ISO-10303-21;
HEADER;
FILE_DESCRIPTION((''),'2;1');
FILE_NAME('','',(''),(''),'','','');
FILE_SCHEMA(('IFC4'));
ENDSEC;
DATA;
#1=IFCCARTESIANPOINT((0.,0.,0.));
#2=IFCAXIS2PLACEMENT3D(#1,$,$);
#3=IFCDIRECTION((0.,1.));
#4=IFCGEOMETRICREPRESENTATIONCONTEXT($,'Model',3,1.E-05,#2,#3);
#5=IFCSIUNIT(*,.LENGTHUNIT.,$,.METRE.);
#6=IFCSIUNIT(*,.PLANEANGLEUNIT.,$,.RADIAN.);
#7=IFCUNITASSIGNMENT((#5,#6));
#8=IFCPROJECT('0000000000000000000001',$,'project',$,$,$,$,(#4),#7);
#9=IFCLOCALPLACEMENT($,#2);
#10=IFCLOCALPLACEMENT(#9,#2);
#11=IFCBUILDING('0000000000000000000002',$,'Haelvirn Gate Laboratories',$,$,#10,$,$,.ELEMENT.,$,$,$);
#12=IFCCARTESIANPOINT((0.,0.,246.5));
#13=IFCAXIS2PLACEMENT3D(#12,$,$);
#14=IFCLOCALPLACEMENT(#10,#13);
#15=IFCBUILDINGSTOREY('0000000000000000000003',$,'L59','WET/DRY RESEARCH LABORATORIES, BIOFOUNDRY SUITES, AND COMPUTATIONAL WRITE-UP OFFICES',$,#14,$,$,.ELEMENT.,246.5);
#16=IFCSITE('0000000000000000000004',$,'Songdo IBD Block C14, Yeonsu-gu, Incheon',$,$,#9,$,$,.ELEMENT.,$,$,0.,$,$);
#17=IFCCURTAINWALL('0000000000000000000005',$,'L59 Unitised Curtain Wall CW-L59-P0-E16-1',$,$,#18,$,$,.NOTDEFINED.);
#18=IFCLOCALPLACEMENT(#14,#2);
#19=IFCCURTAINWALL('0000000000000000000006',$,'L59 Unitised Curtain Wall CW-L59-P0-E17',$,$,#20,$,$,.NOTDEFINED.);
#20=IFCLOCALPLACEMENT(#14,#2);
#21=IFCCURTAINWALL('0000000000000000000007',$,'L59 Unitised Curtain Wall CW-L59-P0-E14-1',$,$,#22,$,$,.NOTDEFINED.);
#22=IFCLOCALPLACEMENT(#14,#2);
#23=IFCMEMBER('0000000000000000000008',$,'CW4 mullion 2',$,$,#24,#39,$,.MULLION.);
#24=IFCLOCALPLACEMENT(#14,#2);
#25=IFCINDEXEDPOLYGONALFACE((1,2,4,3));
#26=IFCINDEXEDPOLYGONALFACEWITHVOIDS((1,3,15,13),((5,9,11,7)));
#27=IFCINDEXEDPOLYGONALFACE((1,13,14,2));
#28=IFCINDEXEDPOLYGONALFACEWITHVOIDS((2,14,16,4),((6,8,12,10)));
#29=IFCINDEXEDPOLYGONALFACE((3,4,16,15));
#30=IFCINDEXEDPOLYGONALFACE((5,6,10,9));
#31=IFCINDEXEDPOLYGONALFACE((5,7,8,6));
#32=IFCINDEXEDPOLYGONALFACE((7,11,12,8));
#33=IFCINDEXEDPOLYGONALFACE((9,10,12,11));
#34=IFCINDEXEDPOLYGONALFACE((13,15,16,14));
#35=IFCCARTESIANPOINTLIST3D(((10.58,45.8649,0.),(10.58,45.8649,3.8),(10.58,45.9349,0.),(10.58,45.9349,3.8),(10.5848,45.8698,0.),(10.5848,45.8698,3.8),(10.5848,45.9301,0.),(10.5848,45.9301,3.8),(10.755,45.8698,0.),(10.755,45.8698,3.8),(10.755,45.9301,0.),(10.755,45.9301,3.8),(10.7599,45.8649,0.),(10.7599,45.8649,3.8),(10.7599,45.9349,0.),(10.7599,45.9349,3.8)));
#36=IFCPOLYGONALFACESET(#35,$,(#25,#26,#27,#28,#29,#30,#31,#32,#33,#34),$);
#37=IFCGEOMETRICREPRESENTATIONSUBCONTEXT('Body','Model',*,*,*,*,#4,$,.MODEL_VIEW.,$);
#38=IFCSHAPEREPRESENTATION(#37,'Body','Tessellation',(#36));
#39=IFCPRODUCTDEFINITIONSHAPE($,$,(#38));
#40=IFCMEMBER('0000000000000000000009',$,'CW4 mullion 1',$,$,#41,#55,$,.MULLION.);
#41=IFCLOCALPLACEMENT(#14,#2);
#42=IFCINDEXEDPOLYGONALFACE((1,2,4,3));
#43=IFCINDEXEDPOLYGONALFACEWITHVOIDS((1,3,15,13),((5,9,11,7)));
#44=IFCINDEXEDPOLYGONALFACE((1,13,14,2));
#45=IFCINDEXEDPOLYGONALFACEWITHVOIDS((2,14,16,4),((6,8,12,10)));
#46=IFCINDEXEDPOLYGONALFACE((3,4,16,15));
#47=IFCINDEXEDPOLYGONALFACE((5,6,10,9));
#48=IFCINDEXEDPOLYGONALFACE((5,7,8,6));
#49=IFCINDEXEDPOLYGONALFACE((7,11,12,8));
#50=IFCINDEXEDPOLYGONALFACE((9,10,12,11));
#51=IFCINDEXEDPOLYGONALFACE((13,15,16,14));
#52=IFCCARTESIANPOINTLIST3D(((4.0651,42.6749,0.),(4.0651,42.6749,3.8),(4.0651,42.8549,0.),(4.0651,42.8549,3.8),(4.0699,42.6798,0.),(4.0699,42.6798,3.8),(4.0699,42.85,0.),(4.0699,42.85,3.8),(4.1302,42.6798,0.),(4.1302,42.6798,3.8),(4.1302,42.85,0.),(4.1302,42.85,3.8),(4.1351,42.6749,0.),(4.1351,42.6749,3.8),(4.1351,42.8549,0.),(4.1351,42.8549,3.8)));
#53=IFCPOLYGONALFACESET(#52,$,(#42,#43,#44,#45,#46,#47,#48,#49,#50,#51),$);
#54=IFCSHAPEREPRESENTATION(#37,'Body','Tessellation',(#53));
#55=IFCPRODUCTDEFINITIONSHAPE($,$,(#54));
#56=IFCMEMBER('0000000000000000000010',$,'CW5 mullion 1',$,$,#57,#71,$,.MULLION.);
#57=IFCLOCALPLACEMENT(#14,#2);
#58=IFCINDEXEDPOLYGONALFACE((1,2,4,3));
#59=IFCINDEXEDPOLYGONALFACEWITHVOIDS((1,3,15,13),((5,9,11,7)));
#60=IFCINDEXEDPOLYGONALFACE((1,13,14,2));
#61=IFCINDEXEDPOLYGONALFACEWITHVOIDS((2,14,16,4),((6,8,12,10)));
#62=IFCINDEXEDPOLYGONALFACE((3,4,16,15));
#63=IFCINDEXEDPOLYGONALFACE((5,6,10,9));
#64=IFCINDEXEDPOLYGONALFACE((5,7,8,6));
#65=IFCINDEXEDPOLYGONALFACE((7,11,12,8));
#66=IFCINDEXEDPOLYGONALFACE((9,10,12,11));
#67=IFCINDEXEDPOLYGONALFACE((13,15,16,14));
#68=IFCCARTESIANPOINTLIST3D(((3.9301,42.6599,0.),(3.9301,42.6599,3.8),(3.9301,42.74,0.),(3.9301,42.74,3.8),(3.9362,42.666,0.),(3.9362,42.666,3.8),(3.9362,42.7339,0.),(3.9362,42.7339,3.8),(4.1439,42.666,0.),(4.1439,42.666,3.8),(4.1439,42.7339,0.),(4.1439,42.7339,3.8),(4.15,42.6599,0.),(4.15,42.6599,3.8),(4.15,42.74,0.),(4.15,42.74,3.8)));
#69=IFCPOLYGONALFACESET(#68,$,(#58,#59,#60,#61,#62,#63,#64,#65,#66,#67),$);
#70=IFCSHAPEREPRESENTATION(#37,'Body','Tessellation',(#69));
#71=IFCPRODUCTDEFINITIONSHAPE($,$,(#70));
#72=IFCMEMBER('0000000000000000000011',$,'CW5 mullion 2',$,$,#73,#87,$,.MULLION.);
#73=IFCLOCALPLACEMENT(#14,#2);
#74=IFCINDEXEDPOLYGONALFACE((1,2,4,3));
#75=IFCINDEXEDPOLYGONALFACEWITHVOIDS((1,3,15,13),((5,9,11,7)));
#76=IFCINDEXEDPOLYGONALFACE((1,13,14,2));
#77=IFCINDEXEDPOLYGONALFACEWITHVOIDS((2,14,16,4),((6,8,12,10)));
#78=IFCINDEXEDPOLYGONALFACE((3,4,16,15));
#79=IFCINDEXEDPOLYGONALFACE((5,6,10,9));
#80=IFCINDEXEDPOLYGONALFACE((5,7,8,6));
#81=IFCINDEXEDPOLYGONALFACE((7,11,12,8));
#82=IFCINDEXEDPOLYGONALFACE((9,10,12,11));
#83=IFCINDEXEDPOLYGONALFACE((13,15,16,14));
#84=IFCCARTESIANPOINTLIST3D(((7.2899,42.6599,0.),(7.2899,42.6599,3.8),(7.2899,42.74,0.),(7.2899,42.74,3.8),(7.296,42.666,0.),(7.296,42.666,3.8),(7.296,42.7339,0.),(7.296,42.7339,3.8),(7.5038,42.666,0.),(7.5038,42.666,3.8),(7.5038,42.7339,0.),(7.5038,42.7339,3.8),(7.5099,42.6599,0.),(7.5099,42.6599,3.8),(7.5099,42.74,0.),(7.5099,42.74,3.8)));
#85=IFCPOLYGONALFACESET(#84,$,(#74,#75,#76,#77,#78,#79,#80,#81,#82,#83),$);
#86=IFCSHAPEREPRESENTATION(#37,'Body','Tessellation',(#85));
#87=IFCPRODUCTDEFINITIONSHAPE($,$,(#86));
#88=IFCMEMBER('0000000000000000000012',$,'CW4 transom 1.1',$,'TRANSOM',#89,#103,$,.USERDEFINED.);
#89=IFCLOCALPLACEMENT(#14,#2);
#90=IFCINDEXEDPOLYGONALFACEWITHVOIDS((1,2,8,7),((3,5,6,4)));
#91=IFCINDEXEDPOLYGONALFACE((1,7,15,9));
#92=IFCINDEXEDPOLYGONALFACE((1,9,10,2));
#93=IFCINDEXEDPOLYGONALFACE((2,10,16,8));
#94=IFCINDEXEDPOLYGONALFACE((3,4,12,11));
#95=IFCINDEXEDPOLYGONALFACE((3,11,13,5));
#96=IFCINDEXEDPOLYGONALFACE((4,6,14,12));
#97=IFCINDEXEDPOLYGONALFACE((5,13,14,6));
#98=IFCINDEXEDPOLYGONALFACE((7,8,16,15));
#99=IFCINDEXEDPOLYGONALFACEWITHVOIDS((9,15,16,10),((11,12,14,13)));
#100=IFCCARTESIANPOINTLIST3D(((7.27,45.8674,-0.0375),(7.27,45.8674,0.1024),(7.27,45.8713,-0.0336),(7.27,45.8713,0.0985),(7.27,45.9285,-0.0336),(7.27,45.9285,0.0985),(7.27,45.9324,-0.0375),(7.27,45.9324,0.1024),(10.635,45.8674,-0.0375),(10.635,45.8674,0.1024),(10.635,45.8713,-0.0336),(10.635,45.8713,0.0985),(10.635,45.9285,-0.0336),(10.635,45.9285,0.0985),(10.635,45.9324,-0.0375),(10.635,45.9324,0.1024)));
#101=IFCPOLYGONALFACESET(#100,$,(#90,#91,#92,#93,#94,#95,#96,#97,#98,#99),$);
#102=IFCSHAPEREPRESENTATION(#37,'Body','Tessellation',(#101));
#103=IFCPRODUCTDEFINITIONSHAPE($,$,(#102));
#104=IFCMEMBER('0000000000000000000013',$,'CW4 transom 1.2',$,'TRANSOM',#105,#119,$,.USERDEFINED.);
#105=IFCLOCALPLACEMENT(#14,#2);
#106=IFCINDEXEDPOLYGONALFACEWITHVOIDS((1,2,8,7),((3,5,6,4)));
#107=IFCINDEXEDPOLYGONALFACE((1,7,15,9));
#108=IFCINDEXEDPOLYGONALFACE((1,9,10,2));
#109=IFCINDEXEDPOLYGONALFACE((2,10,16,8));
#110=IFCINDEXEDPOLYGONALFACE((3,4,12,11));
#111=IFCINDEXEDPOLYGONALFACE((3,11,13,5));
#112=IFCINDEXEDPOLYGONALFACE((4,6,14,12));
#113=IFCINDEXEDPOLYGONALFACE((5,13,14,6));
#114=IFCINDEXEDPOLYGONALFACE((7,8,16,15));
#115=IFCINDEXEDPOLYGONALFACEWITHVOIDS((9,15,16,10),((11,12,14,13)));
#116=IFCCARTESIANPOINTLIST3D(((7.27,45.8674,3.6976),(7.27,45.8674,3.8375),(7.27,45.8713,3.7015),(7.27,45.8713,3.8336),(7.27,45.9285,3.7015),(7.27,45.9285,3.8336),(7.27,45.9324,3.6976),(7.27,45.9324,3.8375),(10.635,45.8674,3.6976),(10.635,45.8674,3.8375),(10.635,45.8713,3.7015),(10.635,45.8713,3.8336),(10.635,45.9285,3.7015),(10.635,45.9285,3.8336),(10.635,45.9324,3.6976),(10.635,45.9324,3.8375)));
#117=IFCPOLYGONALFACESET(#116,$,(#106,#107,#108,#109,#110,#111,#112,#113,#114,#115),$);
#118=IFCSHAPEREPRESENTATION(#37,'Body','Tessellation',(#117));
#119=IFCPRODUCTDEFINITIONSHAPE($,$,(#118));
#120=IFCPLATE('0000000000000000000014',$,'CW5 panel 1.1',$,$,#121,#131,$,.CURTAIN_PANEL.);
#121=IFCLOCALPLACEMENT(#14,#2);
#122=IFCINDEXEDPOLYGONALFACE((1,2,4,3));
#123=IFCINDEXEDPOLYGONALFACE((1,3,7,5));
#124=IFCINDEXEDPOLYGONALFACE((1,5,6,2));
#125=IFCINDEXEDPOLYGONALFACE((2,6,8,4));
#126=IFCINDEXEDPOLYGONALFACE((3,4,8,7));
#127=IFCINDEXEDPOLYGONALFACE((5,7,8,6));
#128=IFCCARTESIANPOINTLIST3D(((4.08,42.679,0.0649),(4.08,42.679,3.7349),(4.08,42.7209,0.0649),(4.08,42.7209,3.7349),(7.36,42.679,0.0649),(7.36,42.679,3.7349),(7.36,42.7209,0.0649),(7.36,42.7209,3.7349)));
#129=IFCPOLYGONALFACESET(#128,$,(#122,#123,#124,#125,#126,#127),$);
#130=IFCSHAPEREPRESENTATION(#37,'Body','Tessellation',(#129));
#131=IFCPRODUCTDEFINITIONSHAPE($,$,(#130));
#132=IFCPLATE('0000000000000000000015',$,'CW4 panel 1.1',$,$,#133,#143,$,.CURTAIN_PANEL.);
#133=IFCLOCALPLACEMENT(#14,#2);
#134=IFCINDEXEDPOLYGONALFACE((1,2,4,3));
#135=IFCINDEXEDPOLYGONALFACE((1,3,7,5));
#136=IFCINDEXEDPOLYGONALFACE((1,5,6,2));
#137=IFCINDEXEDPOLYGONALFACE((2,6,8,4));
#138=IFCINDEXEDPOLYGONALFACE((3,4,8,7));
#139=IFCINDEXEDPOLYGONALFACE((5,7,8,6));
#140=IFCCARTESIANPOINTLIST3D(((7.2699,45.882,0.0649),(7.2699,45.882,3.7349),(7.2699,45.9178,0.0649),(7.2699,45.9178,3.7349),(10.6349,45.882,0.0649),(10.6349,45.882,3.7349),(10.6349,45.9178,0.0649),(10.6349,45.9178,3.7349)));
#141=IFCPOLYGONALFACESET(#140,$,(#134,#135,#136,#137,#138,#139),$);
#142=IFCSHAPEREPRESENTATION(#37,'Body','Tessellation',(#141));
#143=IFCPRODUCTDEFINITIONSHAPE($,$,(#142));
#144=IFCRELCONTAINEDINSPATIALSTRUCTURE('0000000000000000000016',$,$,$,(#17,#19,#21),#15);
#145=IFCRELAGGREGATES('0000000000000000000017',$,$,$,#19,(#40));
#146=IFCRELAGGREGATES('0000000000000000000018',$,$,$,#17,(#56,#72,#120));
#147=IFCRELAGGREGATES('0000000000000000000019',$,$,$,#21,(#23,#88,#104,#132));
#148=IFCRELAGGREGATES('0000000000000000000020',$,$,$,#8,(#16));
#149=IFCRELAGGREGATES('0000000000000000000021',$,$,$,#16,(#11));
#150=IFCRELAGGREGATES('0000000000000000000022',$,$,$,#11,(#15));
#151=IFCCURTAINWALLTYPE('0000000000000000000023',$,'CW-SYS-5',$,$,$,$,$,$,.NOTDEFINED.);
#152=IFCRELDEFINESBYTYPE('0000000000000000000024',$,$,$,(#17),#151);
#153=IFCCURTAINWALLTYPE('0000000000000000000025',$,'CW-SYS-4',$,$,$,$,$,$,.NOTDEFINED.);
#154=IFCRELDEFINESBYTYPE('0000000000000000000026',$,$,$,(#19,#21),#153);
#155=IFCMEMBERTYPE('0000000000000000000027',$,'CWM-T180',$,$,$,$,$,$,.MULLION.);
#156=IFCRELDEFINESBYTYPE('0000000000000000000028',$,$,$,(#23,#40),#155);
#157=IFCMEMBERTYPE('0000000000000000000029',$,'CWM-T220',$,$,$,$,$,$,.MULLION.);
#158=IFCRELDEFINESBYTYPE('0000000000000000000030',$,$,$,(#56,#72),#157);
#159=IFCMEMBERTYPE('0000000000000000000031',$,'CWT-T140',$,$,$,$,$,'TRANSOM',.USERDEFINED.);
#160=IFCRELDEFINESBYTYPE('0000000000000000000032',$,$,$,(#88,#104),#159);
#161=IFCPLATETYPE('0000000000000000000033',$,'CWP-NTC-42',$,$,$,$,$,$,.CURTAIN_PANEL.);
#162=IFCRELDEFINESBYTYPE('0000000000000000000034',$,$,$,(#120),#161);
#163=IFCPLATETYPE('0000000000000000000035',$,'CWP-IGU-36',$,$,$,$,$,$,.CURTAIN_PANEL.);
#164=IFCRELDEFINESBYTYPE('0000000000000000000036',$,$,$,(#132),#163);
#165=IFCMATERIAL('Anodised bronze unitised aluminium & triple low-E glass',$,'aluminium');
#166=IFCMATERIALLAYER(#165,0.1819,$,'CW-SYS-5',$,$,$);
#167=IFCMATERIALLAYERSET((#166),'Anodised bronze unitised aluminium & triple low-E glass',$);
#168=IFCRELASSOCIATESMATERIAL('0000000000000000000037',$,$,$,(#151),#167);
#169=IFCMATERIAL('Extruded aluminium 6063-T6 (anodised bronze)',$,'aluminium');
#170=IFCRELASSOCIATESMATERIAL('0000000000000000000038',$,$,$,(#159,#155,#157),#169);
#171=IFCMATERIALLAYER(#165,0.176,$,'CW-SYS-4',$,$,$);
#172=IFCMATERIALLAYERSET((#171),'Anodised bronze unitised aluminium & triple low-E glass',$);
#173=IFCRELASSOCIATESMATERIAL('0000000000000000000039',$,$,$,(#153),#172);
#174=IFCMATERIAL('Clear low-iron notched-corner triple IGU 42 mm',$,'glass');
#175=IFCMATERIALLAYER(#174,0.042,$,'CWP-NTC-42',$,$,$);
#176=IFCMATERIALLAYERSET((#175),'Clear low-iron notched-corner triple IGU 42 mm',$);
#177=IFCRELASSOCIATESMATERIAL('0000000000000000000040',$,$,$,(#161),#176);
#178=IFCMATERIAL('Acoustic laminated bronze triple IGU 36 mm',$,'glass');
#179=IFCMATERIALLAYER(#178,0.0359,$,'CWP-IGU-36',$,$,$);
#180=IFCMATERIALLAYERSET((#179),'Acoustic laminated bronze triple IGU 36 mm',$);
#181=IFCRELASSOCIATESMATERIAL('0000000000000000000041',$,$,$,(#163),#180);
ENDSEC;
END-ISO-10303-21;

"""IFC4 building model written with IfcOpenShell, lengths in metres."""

from ifc_helpers import new_model, si_unit, direction, frame, origin, origin_2d, place, context, subcontext, project, spatial, rectangle, hollow_rectangle, extrude, source, transform, mapped, material, layer, layer_set, material_profile, profile_set, type_object, type_shapes, element, aggregate, save


model = new_model("IFC4")

# Units and contexts
model_context = context("Model", 3, precision=1e-05, world=origin(), true_north=direction((0.0, 1.0)))
body_context = subcontext(model_context, "Body", "Model", "MODEL_VIEW")
ifc_project = project(units=[si_unit("LENGTHUNIT", "METRE"), si_unit("PLANEANGLEUNIT", "RADIAN")], contexts=[model_context])

# Site, building, storey
site_placement = place(None, origin())
site = spatial("IfcSite", under=ifc_project, at=site_placement, Name="Songdo IBD Block C14, Yeonsu-gu, Incheon", CompositionType="ELEMENT", RefElevation=0.0)
building_placement = place(site_placement, origin())
building = spatial("IfcBuilding", under=site, at=building_placement, Name="Haelvirn Gate Laboratories", CompositionType="ELEMENT")
storey_placement = place(building_placement, frame((0.0, 0.0, 246.5)))
storey = spatial("IfcBuildingStorey", under=building, at=storey_placement, Name="L59", Description="WET/DRY RESEARCH LABORATORIES, BIOFOUNDRY SUITES, AND COMPUTATIONAL WRITE-UP OFFICES", CompositionType="ELEMENT", Elevation=246.5)

# Curtain walls, member
ifc_material_1 = material(Name="Anodised bronze unitised aluminium & triple low-E glass", Category="aluminium")
ifc_layer_1 = layer(ifc_material_1, 0.1819, Name="CW-SYS-5")
ifc_layer_set_1 = layer_set([ifc_layer_1], Name="Anodised bronze unitised aluminium & triple low-E glass")
curtain_wall_type_1 = type_object("IfcCurtainWallType", Name="CW-SYS-5", PredefinedType="NOTDEFINED", material=ifc_layer_set_1)
curtain_wall_1_placement = place(storey_placement, origin())
curtain_wall_1 = element("IfcCurtainWall", 1, at=curtain_wall_1_placement, inside=storey, type_object=curtain_wall_type_1, Name="L59 Unitised Curtain Wall CW-L59-P0-E16-1", PredefinedType="NOTDEFINED")
ifc_material_2 = material(Name="Extruded aluminium 6063-T6 (anodised bronze)", Category="aluminium")
ifc_material_profile_1 = material_profile(ifc_material_2, hollow_rectangle(XDim=0.0649, YDim=0.1399, WallThickness=0.0039, at=origin_2d()), Name="CWT-140x65x4")
ifc_profile_set_1 = profile_set([ifc_material_profile_1], Name="Extruded aluminium 6063-T6 (anodised bronze)")
member_type_1 = type_object("IfcMemberType", Name="CWT-T140", ElementType="TRANSOM", PredefinedType="USERDEFINED", material=ifc_profile_set_1)
ifc_layer_2 = layer(ifc_material_1, 0.176, Name="CW-SYS-4")
ifc_layer_set_2 = layer_set([ifc_layer_2], Name="Anodised bronze unitised aluminium & triple low-E glass")
curtain_wall_type_2 = type_object("IfcCurtainWallType", Name="CW-SYS-4", PredefinedType="NOTDEFINED", material=ifc_layer_set_2)
curtain_wall_2_placement = place(storey_placement, origin())
curtain_wall_2 = element("IfcCurtainWall", 2, at=curtain_wall_2_placement, inside=storey, type_object=curtain_wall_type_2, Name="L59 Unitised Curtain Wall CW-L59-P0-E17", PredefinedType="NOTDEFINED")
curtain_wall_3_placement = place(storey_placement, origin())
curtain_wall_3 = element("IfcCurtainWall", 3, at=curtain_wall_3_placement, inside=storey, type_object=curtain_wall_type_2, Name="L59 Unitised Curtain Wall CW-L59-P0-E14-1", PredefinedType="NOTDEFINED")
ifc_material_profile_2 = material_profile(ifc_material_2, hollow_rectangle(XDim=0.0701, YDim=0.1799, WallThickness=0.0049, at=origin_2d()), Name="CWM-180x70x5")
ifc_profile_set_2 = profile_set([ifc_material_profile_2], Name="Extruded aluminium 6063-T6 (anodised bronze)")
member_type_2 = type_object("IfcMemberType", Name="CWM-T180", PredefinedType="MULLION", material=ifc_profile_set_2)
shared_shape_1 = source(origin(), body_context, "Body", "SweptSolid", [
    extrude(hollow_rectangle(XDim=0.0701, YDim=0.1799, WallThickness=0.0049, at=origin_2d()), origin(), (0.0, 0.0, 1.0), 3.8),
])
type_shapes(member_type_2, [shared_shape_1])
member_1_placement = place(storey_placement, frame((10.6699, 45.8999, 0.0), z_axis=(0.0, 0.0, 1.0), x_axis=(0.0, 1.0, 0.0)))
member_1 = element("IfcMember", 4, at=member_1_placement, type_object=member_type_2, Name="CW4 mullion 2", PredefinedType="MULLION", context=body_context, shape_type="MappedRepresentation", body=[
    mapped(shared_shape_1, transform((0.0, 0.0, 0.0), scale=1.0)),
])

# Members
member_2_placement = place(storey_placement, frame((4.1001, 42.7649, 0.0), z_axis=(0.0, 0.0, 1.0), x_axis=(1.0, 0.0, 0.0)))
member_2 = element("IfcMember", 5, at=member_2_placement, type_object=member_type_2, Name="CW4 mullion 1", PredefinedType="MULLION", context=body_context, shape_type="MappedRepresentation", body=[
    mapped(shared_shape_1, transform((0.0, 0.0, 0.0), scale=1.0)),
])
aggregate(curtain_wall_2, [member_2])
ifc_material_profile_3 = material_profile(ifc_material_2, hollow_rectangle(XDim=0.0801, YDim=0.22, WallThickness=0.0061, at=origin_2d()), Name="CWM-220x80x6")
ifc_profile_set_3 = profile_set([ifc_material_profile_3], Name="Extruded aluminium 6063-T6 (anodised bronze)")
member_type_3 = type_object("IfcMemberType", Name="CWM-T220", PredefinedType="MULLION", material=ifc_profile_set_3)
shared_shape_2 = source(origin(), body_context, "Body", "SweptSolid", [
    extrude(hollow_rectangle(XDim=0.0801, YDim=0.22, WallThickness=0.0061, at=origin_2d()), origin(), (0.0, 0.0, 1.0), 3.8),
])
type_shapes(member_type_3, [shared_shape_2])
member_3_placement = place(storey_placement, frame((4.04, 42.7, 0.0), z_axis=(0.0, 0.0, 1.0), x_axis=(0.0, 1.0, 0.0)))
member_3 = element("IfcMember", 6, at=member_3_placement, type_object=member_type_3, Name="CW5 mullion 1", PredefinedType="MULLION", context=body_context, shape_type="MappedRepresentation", body=[
    mapped(shared_shape_2, transform((0.0, 0.0, 0.0), scale=1.0)),
])
member_4_placement = place(storey_placement, frame((7.3999, 42.7, 0.0), z_axis=(0.0, 0.0, 1.0), x_axis=(0.0, 1.0, 0.0)))
member_4 = element("IfcMember", 7, at=member_4_placement, type_object=member_type_3, Name="CW5 mullion 2", PredefinedType="MULLION", context=body_context, shape_type="MappedRepresentation", body=[
    mapped(shared_shape_2, transform((0.0, 0.0, 0.0), scale=1.0)),
])
shared_shape_3 = source(origin(), body_context, "Body", "SweptSolid", [
    extrude(hollow_rectangle(XDim=0.0649, YDim=0.1399, WallThickness=0.0039, at=origin_2d()), origin(), (0.0, 0.0, 1.0), 3.365),
])
member_5_placement = place(storey_placement, frame((7.27, 45.8999, 0.0325), z_axis=(1.0, 0.0, 0.0), x_axis=(0.0, 1.0, 0.0)))
member_5 = element("IfcMember", 8, at=member_5_placement, type_object=member_type_1, Name="CW4 transom 1.1", ObjectType="TRANSOM", PredefinedType="USERDEFINED", context=body_context, shape_type="MappedRepresentation", body=[
    mapped(shared_shape_3, transform((0.0, 0.0, 0.0), scale=1.0)),
])
member_6_placement = place(storey_placement, frame((7.27, 45.8999, 3.7676), z_axis=(1.0, 0.0, 0.0), x_axis=(0.0, 1.0, 0.0)))
member_6 = element("IfcMember", 9, at=member_6_placement, type_object=member_type_1, Name="CW4 transom 1.2", ObjectType="TRANSOM", PredefinedType="USERDEFINED", context=body_context, shape_type="MappedRepresentation", body=[
    mapped(shared_shape_3, transform((0.0, 0.0, 0.0), scale=1.0)),
])

# Plates
ifc_material_3 = material(Name="Clear low-iron notched-corner triple IGU 42 mm", Category="glass")
ifc_layer_3 = layer(ifc_material_3, 0.042, Name="CWP-NTC-42")
ifc_layer_set_3 = layer_set([ifc_layer_3], Name="Clear low-iron notched-corner triple IGU 42 mm")
plate_type_1 = type_object("IfcPlateType", Name="CWP-NTC-42", PredefinedType="CURTAIN_PANEL", material=ifc_layer_set_3)
shared_shape_4 = source(origin(), body_context, "Body", "SweptSolid", [
    extrude(rectangle(XDim=3.28, YDim=0.042, at=origin_2d()), origin(), (0.0, 0.0, 1.0), 3.6699),
])
type_shapes(plate_type_1, [shared_shape_4])
plate_1_placement = place(storey_placement, frame((5.72, 42.7, 0.0649), z_axis=(0.0, 0.0, 1.0), x_axis=(1.0, 0.0, 0.0)))
plate_1 = element("IfcPlate", 10, at=plate_1_placement, type_object=plate_type_1, Name="CW5 panel 1.1", PredefinedType="CURTAIN_PANEL", context=body_context, shape_type="MappedRepresentation", body=[
    mapped(shared_shape_4, transform((0.0, 0.0, 0.0), scale=1.0)),
])
aggregate(curtain_wall_1, [member_3, member_4, plate_1])
ifc_material_4 = material(Name="Acoustic laminated bronze triple IGU 36 mm", Category="glass")
ifc_layer_4 = layer(ifc_material_4, 0.0359, Name="CWP-IGU-36")
ifc_layer_set_4 = layer_set([ifc_layer_4], Name="Acoustic laminated bronze triple IGU 36 mm")
plate_type_2 = type_object("IfcPlateType", Name="CWP-IGU-36", PredefinedType="CURTAIN_PANEL", material=ifc_layer_set_4)
shared_shape_5 = source(origin(), body_context, "Body", "SweptSolid", [
    extrude(rectangle(XDim=3.365, YDim=0.0359, at=origin_2d()), origin(), (0.0, 0.0, 1.0), 3.6699),
])
type_shapes(plate_type_2, [shared_shape_5])
plate_2_placement = place(storey_placement, frame((8.9524, 45.8999, 0.0649), z_axis=(0.0, 0.0, 1.0), x_axis=(1.0, 0.0, 0.0)))
plate_2 = element("IfcPlate", 11, at=plate_2_placement, type_object=plate_type_2, Name="CW4 panel 1.1", PredefinedType="CURTAIN_PANEL", context=body_context, shape_type="MappedRepresentation", body=[
    mapped(shared_shape_5, transform((0.0, 0.0, 0.0), scale=1.0)),
])
aggregate(curtain_wall_3, [member_1, member_5, member_6, plate_2])

save(model, "model.ifc")
